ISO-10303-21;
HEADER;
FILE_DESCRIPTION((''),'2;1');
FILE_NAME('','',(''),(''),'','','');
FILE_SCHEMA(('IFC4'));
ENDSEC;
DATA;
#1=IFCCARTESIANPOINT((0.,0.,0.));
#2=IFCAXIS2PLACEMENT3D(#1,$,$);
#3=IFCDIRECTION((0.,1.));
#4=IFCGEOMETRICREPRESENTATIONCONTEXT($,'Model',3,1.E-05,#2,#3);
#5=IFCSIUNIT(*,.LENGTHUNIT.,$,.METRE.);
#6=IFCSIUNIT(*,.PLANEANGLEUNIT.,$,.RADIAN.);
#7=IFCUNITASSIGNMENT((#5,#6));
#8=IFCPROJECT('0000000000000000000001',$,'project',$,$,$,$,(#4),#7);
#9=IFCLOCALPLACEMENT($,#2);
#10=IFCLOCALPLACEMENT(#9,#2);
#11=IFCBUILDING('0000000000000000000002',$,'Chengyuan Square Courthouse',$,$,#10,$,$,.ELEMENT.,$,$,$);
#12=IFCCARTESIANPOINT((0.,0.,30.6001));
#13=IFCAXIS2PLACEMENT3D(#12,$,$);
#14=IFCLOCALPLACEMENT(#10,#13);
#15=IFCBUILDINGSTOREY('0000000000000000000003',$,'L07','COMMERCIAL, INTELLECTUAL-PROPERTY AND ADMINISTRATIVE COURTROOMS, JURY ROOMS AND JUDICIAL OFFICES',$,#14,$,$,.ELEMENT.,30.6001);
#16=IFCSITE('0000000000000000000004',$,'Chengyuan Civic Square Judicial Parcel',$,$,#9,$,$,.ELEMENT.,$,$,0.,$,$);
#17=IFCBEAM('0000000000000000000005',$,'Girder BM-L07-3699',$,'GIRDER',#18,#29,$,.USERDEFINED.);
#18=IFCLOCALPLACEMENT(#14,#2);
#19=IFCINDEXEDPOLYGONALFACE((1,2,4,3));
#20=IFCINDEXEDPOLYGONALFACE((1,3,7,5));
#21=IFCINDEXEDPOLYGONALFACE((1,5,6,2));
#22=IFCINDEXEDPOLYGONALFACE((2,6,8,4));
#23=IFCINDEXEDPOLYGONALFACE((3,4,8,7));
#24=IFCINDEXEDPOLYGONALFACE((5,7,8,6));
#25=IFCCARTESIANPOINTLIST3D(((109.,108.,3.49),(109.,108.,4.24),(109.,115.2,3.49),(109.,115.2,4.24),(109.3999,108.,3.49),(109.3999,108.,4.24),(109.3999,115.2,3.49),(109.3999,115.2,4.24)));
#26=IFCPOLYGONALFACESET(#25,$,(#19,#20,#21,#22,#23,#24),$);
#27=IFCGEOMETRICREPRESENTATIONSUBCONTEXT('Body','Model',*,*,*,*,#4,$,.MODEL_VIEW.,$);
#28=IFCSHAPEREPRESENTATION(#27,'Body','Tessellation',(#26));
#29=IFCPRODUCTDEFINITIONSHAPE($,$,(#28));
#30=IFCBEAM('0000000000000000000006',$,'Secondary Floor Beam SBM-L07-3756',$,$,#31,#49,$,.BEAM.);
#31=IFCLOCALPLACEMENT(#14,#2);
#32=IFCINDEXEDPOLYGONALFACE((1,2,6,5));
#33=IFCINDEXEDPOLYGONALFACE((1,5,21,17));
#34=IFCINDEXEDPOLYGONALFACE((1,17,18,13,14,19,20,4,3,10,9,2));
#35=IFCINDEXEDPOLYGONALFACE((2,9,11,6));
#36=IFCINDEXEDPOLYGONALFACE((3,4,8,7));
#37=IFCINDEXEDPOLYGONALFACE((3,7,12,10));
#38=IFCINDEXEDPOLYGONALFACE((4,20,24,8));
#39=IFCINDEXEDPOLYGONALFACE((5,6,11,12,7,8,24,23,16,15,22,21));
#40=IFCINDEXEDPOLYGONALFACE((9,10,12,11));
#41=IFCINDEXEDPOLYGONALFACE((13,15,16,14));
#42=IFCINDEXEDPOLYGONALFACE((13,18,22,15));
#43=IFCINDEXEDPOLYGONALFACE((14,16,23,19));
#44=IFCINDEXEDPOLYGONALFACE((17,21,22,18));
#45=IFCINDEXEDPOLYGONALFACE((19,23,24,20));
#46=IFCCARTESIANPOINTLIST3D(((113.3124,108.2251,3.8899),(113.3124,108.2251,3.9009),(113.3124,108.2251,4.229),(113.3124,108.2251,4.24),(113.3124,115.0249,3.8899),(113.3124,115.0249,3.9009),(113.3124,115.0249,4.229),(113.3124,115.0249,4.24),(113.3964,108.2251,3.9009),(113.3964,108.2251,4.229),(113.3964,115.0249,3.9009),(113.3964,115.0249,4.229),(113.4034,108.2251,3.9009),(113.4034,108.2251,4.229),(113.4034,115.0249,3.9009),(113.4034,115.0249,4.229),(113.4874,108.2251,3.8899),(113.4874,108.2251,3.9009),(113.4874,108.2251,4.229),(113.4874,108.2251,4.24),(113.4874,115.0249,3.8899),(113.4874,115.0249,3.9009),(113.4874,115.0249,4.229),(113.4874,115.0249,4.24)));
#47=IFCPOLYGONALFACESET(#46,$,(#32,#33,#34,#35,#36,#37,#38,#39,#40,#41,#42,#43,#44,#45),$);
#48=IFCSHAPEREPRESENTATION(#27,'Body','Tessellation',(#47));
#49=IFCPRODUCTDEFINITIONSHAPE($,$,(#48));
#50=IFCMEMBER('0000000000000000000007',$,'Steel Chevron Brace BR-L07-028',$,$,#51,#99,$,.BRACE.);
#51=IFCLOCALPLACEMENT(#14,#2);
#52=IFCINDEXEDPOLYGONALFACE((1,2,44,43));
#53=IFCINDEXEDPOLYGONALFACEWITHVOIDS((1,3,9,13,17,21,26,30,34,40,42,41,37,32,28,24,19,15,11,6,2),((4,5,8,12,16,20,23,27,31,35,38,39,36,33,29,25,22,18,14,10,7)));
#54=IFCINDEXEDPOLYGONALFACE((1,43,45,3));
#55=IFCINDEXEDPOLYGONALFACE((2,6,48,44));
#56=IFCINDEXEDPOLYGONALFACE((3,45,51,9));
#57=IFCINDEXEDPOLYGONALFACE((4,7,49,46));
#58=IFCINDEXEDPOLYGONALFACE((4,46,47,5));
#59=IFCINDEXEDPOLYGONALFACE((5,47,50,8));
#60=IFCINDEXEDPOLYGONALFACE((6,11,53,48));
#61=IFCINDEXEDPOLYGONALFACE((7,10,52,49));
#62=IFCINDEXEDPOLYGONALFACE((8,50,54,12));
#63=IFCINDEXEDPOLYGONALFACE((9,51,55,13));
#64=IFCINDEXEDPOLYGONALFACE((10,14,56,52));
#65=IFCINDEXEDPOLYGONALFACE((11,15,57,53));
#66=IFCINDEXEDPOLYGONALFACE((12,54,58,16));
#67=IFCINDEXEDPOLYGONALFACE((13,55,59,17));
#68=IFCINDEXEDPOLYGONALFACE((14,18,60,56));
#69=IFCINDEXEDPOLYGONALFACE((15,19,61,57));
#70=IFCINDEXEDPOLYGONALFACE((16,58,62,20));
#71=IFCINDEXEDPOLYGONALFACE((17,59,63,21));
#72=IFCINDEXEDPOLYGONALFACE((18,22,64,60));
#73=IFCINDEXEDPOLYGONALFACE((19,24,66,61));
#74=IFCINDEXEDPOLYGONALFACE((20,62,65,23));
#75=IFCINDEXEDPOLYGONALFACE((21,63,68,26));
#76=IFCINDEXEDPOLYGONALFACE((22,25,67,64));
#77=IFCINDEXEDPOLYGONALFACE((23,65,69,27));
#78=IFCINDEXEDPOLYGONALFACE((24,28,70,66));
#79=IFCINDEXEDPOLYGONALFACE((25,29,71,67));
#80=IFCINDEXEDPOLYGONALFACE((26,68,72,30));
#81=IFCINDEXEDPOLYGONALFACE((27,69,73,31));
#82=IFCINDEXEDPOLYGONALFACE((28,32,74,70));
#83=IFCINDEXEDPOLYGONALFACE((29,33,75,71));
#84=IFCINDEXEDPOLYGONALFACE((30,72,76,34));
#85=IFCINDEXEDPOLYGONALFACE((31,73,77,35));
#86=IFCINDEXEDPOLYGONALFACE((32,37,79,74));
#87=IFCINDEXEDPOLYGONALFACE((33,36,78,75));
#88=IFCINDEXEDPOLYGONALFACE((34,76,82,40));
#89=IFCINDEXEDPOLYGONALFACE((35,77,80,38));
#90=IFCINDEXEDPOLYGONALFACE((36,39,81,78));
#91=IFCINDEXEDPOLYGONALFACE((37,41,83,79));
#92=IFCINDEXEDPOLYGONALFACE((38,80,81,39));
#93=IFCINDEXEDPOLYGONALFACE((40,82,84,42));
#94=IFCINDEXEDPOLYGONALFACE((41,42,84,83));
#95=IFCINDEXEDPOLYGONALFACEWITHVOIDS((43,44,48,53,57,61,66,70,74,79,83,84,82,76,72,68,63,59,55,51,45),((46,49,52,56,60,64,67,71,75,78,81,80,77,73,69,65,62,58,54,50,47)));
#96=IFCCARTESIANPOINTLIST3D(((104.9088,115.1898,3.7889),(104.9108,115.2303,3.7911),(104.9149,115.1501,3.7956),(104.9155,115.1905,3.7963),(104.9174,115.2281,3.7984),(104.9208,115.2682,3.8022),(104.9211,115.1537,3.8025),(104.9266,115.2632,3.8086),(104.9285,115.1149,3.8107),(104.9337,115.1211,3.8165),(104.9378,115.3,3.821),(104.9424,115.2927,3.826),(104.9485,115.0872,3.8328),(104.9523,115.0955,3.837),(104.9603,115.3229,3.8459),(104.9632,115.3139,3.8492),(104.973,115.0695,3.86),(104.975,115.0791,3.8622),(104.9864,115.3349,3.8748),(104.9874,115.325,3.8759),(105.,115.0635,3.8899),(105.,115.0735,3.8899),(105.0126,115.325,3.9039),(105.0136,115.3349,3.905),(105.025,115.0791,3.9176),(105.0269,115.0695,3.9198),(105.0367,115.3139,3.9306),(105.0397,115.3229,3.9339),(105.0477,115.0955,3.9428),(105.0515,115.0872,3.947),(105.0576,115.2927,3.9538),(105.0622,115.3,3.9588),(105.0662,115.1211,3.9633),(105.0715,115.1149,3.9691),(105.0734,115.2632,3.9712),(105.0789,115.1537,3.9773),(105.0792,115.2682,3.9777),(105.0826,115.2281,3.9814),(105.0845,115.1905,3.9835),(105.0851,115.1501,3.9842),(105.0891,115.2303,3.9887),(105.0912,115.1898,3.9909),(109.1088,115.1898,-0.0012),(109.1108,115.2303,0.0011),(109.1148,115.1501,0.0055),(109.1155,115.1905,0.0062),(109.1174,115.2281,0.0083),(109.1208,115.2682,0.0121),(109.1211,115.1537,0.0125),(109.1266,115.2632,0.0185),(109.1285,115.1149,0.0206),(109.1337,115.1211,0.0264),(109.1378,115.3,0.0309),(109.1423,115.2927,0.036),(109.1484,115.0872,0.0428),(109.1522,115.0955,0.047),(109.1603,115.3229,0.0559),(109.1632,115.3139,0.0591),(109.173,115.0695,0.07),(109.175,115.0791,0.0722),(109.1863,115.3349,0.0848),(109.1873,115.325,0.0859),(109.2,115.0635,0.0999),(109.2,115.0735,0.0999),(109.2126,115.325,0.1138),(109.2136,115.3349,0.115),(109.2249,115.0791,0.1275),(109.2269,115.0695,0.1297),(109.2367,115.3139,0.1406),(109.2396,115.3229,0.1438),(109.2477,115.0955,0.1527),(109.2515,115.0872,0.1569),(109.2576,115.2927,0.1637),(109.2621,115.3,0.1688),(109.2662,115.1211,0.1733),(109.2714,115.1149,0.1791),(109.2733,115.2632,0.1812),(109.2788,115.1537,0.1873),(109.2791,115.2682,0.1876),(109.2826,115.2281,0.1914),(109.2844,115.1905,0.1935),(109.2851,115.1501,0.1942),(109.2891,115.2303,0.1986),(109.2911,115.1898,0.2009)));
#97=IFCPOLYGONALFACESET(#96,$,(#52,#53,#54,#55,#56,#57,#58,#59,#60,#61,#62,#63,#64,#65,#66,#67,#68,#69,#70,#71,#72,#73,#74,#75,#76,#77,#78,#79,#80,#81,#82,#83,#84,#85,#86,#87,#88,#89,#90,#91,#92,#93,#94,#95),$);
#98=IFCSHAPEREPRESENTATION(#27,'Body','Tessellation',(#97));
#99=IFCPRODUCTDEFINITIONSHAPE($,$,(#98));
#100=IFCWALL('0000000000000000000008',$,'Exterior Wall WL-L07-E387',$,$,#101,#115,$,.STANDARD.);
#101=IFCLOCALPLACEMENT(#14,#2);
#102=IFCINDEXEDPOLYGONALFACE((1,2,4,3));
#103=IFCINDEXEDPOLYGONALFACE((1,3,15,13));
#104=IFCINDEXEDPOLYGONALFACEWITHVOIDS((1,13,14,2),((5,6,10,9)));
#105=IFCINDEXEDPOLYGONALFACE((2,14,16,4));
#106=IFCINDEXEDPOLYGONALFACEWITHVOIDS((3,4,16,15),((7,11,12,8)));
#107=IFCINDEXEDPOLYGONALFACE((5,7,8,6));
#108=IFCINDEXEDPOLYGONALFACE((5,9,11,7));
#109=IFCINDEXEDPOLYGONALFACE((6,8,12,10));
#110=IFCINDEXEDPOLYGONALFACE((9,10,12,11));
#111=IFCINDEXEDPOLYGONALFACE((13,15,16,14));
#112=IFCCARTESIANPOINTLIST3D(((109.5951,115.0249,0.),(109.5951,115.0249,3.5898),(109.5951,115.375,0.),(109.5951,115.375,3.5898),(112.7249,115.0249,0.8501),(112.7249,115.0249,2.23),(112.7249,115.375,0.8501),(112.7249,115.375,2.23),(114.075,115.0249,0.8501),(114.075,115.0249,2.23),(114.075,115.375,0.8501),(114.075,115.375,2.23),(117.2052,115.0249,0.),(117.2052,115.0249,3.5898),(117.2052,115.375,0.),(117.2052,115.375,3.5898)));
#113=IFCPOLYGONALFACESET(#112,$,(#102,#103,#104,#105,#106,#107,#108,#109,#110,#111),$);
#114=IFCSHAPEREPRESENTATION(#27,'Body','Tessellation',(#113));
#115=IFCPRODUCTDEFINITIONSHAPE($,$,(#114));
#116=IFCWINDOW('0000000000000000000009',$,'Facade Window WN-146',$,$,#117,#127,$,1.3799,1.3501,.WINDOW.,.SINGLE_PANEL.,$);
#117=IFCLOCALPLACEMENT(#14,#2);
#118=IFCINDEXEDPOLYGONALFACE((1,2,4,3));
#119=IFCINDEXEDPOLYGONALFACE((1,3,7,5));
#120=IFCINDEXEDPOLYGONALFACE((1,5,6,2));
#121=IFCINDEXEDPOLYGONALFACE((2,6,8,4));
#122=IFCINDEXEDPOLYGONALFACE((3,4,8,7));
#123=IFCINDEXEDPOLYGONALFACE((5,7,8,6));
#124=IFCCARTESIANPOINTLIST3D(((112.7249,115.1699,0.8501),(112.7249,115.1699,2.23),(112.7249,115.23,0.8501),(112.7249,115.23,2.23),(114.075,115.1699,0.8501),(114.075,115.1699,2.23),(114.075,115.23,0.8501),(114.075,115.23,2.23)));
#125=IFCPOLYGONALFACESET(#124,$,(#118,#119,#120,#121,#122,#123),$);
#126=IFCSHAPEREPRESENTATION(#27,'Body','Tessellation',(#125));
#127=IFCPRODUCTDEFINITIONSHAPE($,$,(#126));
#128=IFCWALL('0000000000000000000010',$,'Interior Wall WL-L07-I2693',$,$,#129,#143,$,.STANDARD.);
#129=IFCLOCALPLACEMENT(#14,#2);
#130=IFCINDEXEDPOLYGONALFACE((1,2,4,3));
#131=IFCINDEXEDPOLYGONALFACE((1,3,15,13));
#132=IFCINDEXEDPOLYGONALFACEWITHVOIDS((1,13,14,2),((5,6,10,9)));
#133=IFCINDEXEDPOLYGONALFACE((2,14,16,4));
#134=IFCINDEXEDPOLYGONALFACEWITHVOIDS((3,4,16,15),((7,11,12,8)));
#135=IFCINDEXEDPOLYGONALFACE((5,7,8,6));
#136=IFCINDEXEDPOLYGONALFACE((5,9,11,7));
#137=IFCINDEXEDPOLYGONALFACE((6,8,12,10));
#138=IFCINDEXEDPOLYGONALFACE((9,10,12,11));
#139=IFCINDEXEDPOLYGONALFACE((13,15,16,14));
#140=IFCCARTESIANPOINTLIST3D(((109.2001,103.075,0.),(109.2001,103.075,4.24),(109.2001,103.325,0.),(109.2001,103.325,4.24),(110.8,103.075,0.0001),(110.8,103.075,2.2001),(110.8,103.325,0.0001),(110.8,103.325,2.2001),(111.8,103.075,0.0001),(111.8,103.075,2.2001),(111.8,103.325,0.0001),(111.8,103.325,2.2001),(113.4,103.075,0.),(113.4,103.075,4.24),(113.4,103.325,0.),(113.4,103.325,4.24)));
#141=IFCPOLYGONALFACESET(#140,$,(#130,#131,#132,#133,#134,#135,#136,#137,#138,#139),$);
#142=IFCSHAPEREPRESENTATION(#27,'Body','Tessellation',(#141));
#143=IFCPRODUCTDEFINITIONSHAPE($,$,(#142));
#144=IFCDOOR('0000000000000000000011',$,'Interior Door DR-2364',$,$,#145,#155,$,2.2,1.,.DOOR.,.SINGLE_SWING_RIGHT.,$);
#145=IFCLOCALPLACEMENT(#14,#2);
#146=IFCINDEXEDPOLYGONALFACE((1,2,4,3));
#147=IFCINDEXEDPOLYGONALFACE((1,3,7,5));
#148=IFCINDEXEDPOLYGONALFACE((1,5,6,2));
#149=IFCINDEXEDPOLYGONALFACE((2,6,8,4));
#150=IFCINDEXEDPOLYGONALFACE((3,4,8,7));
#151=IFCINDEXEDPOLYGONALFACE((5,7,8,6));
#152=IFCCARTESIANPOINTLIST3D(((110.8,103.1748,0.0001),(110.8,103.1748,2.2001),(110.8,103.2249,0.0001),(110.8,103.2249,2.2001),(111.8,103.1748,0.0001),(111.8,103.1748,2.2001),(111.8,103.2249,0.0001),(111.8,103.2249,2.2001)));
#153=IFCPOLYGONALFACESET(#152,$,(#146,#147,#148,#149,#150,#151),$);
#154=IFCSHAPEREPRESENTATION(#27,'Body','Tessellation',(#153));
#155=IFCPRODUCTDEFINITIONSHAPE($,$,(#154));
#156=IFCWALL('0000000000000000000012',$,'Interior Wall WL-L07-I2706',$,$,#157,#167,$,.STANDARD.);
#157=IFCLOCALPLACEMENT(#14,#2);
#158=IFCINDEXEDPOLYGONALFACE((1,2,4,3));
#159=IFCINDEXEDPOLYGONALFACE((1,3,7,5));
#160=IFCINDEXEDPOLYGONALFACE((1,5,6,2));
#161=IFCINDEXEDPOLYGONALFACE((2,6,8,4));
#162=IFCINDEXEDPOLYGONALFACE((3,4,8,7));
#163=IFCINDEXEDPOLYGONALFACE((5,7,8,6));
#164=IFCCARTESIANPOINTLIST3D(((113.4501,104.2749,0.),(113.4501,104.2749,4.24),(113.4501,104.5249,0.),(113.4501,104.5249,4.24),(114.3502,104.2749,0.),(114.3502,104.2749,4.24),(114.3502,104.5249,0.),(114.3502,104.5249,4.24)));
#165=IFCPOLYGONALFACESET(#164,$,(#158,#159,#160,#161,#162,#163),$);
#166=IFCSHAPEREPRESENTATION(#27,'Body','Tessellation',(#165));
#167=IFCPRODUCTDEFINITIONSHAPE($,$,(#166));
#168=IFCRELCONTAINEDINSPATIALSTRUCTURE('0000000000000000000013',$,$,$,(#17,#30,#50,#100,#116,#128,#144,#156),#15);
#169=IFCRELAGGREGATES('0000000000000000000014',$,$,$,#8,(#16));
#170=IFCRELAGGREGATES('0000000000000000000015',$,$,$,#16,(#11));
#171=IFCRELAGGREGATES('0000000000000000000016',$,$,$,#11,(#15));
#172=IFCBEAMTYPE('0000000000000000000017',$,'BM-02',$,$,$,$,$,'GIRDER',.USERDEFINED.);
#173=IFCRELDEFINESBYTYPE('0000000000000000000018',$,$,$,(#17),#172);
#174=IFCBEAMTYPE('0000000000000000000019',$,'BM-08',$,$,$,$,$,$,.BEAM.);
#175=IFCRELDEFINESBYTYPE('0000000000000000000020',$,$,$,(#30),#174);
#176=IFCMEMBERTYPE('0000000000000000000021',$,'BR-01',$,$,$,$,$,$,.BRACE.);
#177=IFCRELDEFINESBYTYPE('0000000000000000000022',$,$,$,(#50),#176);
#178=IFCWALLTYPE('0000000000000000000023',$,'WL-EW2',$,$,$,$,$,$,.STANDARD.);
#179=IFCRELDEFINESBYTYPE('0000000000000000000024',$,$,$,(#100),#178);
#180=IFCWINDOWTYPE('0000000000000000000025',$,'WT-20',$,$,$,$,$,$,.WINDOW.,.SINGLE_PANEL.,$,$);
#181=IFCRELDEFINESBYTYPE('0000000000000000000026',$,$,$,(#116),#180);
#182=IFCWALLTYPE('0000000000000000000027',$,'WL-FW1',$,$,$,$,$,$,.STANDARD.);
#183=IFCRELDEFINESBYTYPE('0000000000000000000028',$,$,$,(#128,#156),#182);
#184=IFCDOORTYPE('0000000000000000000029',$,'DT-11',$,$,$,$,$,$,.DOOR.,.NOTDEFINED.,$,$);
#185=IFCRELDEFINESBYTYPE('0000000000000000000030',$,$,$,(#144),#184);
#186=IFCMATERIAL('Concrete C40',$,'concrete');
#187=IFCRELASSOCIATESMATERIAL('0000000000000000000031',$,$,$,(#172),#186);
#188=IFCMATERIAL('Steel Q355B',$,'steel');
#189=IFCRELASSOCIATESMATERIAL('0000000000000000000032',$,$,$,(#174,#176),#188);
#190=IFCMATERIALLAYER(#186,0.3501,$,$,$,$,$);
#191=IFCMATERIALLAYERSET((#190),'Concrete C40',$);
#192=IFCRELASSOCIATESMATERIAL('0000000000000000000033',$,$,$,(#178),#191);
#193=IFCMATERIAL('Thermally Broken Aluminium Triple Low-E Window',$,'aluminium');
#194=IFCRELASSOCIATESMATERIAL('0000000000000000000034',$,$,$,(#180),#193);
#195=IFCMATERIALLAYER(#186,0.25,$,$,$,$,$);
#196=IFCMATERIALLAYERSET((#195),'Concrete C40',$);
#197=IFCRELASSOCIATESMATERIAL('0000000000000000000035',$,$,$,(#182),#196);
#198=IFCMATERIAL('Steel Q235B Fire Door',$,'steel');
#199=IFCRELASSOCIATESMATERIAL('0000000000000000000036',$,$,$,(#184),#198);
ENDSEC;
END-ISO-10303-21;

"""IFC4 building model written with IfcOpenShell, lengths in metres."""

from ifc_helpers import new_model, si_unit, direction, frame, frame_2d, origin, origin_2d, place, context, subcontext, project, spatial, rectangle, hollow_circle, i_section, extrude, material, layer, layer_set, material_profile, profile_set, type_object, element, fill, save


model = new_model("IFC4")

# Units and contexts
model_context = context("Model", 3, precision=1e-05, world=origin(), true_north=direction((0.0, 1.0)))
body_context = subcontext(model_context, "Body", "Model", "MODEL_VIEW")
ifc_project = project(units=[si_unit("LENGTHUNIT", "METRE"), si_unit("PLANEANGLEUNIT", "RADIAN")], contexts=[model_context])

# Site, building, storey
site_placement = place(None, origin())
site = spatial("IfcSite", under=ifc_project, at=site_placement, Name="Chengyuan Civic Square Judicial Parcel", CompositionType="ELEMENT", RefElevation=0.0)
building_placement = place(site_placement, origin())
building = spatial("IfcBuilding", under=site, at=building_placement, Name="Chengyuan Square Courthouse", CompositionType="ELEMENT")
storey_placement = place(building_placement, frame((0.0, 0.0, 30.6001)))
storey = spatial("IfcBuildingStorey", under=building, at=storey_placement, Name="L07", Description="COMMERCIAL, INTELLECTUAL-PROPERTY AND ADMINISTRATIVE COURTROOMS, JURY ROOMS AND JUDICIAL OFFICES", CompositionType="ELEMENT", Elevation=30.6001)

# Beams
ifc_material_1 = material(Name="Concrete C40", Category="concrete")
ifc_material_profile_1 = material_profile(ifc_material_1, rectangle(XDim=0.3999, YDim=0.75, at=origin_2d()), Name="RC-BM-400x750")
ifc_profile_set_1 = profile_set([ifc_material_profile_1], Name="Concrete C40")
beam_type_1 = type_object("IfcBeamType", Name="BM-02", ElementType="GIRDER", PredefinedType="USERDEFINED", material=ifc_profile_set_1)
beam_1_placement = place(storey_placement, frame((109.2, 108.0, 3.865), z_axis=(0.0, 1.0, 0.0), x_axis=(-1.0, 0.0, 0.0)))
element("IfcBeam", 1, at=beam_1_placement, inside=storey, type_object=beam_type_1, Name="Girder BM-L07-3699", ObjectType="GIRDER", PredefinedType="USERDEFINED", context=body_context, shape_type="SweptSolid", body=[
    extrude(rectangle(XDim=0.3999, YDim=0.75, at=origin_2d()), origin(), (0.0, 0.0, 1.0), 7.2),
])
ifc_material_2 = material(Name="Steel Q355B", Category="steel")
ifc_material_profile_2 = material_profile(ifc_material_2, i_section(OverallWidth=0.175, OverallDepth=0.3501, WebThickness=0.0071, FlangeThickness=0.011, at=origin_2d()), Name="HN 350x175x7x11")
ifc_profile_set_2 = profile_set([ifc_material_profile_2], Name="Steel Q355B")
beam_type_2 = type_object("IfcBeamType", Name="BM-08", PredefinedType="BEAM", material=ifc_profile_set_2)
beam_2_placement = place(storey_placement, frame((113.3999, 108.2251, 4.0649), z_axis=(0.0, 1.0, 0.0), x_axis=(-1.0, 0.0, 0.0)))
element("IfcBeam", 2, at=beam_2_placement, inside=storey, type_object=beam_type_2, Name="Secondary Floor Beam SBM-L07-3756", PredefinedType="BEAM", context=body_context, shape_type="SweptSolid", body=[
    extrude(i_section(OverallWidth=0.175, OverallDepth=0.3501, WebThickness=0.0071, FlangeThickness=0.011, at=origin_2d()), origin(), (0.0, 0.0, 1.0), 6.7998),
])

# Member
ifc_material_profile_3 = material_profile(ifc_material_2, hollow_circle(Radius=0.1365, WallThickness=0.01, at=origin_2d()), Name="CHS 273x10")
ifc_profile_set_3 = profile_set([ifc_material_profile_3], Name="Steel Q355B")
member_type = type_object("IfcMemberType", Name="BR-01", PredefinedType="BRACE", material=ifc_profile_set_3)
member_placement = place(storey_placement, frame((109.2, 115.2, 0.0999), z_axis=(-0.742407, 0.0, 0.669949), x_axis=(0.0, -1.0, 0.0)))
element("IfcMember", 3, at=member_placement, inside=storey, type_object=member_type, Name="Steel Chevron Brace BR-L07-028", PredefinedType="BRACE", context=body_context, shape_type="SweptSolid", body=[
    extrude(hollow_circle(Radius=0.1365, WallThickness=0.01, at=origin_2d()), origin(), (0.0, 0.0, 1.0), 5.6572),
])

# Wall, opening, window
ifc_layer_1 = layer(ifc_material_1, 0.3501)
ifc_layer_set_1 = layer_set([ifc_layer_1], Name="Concrete C40")
wall_type_1 = type_object("IfcWallType", Name="WL-EW2", PredefinedType="STANDARD", material=ifc_layer_set_1)
wall_1_placement = place(storey_placement, frame((109.595, 115.2, 0.0), z_axis=(0.0, 0.0, 1.0), x_axis=(1.0, 0.0, 0.0)))
wall_1 = element("IfcWall", 4, at=wall_1_placement, inside=storey, type_object=wall_type_1, Name="Exterior Wall WL-L07-E387", PredefinedType="STANDARD", context=body_context, shape_type="SweptSolid", body=[
    extrude(rectangle(XDim=7.6101, YDim=0.3501, at=frame_2d((3.8052, 0.0))), origin(), (0.0, 0.0, 1.0), 3.5898),
])
opening_1_placement = place(wall_1_placement, frame((3.1299, 0.0, 0.8501)))
opening_1 = element("IfcOpeningElement", 5, at=opening_1_placement, cuts=wall_1, PredefinedType="OPENING", context=body_context, shape_type="SweptSolid", body=[
    extrude(rectangle(XDim=1.3501, YDim=1.3799, at=frame_2d((0.675, 0.6899))), frame((0.0, 0.187, 0.0), z_axis=(0.0, -1.0, 0.0), x_axis=(1.0, 0.0, 0.0)), (0.0, 0.0, 1.0), 0.374),
])
ifc_material_3 = material(Name="Thermally Broken Aluminium Triple Low-E Window", Category="aluminium")
window_type = type_object("IfcWindowType", Name="WT-20", PartitioningType="SINGLE_PANEL", PredefinedType="WINDOW", material=ifc_material_3)
window_placement = place(opening_1_placement, origin())
window = element("IfcWindow", 6, at=window_placement, inside=storey, type_object=window_type, Name="Facade Window WN-146", OverallHeight=1.3799, OverallWidth=1.3501, PartitioningType="SINGLE_PANEL", PredefinedType="WINDOW", context=body_context, shape_type="SweptSolid", body=[
    extrude(rectangle(XDim=1.3501, YDim=1.3799, at=frame_2d((0.675, 0.6899))), frame((0.0, 0.03, 0.0), z_axis=(0.0, -1.0, 0.0), x_axis=(1.0, 0.0, 0.0)), (0.0, 0.0, 1.0), 0.0601),
])
fill(opening_1, window)

# Wall, opening, door
ifc_layer_2 = layer(ifc_material_1, 0.25)
ifc_layer_set_2 = layer_set([ifc_layer_2], Name="Concrete C40")
wall_type_2 = type_object("IfcWallType", Name="WL-FW1", PredefinedType="STANDARD", material=ifc_layer_set_2)
wall_2_placement = place(storey_placement, frame((109.2, 103.2, 0.0), z_axis=(0.0, 0.0, 1.0), x_axis=(1.0, 0.0, 0.0)))
wall_2 = element("IfcWall", 7, at=wall_2_placement, inside=storey, type_object=wall_type_2, Name="Interior Wall WL-L07-I2693", PredefinedType="STANDARD", context=body_context, shape_type="SweptSolid", body=[
    extrude(rectangle(XDim=4.2, YDim=0.25, at=frame_2d((2.1001, 0.0))), origin(), (0.0, 0.0, 1.0), 4.24),
])
opening_2_placement = place(wall_2_placement, frame((1.6001, 0.0, 0.0)))
opening_2 = element("IfcOpeningElement", 8, at=opening_2_placement, cuts=wall_2, PredefinedType="OPENING", context=body_context, shape_type="SweptSolid", body=[
    extrude(rectangle(XDim=1.0, YDim=2.2, at=frame_2d((0.5, 1.1001))), frame((0.0, 0.137, 0.0), z_axis=(0.0, -1.0, 0.0), x_axis=(1.0, 0.0, 0.0)), (0.0, 0.0, 1.0), 0.2739),
])
ifc_material_4 = material(Name="Steel Q235B Fire Door", Category="steel")
door_type_1 = type_object("IfcDoorType", Name="DT-11", OperationType="NOTDEFINED", PredefinedType="DOOR", material=ifc_material_4)
door_1_placement = place(opening_2_placement, origin())
door_1 = element("IfcDoor", 9, at=door_1_placement, inside=storey, type_object=door_type_1, Name="Interior Door DR-2364", OperationType="SINGLE_SWING_RIGHT", OverallHeight=2.2, OverallWidth=1.0, PredefinedType="DOOR", context=body_context, shape_type="SweptSolid", body=[
    extrude(rectangle(XDim=1.0, YDim=2.2, at=frame_2d((0.5, 1.1001))), frame((0.0, 0.0249, 0.0), z_axis=(0.0, -1.0, 0.0), x_axis=(1.0, 0.0, 0.0)), (0.0, 0.0, 1.0), 0.05),
])
fill(opening_2, door_1)

# Wall
wall_3_placement = place(storey_placement, frame((113.45, 104.3999, 0.0), z_axis=(0.0, 0.0, 1.0), x_axis=(1.0, 0.0, 0.0)))
element("IfcWall", 10, at=wall_3_placement, inside=storey, type_object=wall_type_2, Name="Interior Wall WL-L07-I2706", PredefinedType="STANDARD", context=body_context, shape_type="SweptSolid", body=[
    extrude(rectangle(XDim=0.9001, YDim=0.25, at=frame_2d((0.4502, 0.0))), origin(), (0.0, 0.0, 1.0), 4.24),
])

save(model, "model.ifc")
